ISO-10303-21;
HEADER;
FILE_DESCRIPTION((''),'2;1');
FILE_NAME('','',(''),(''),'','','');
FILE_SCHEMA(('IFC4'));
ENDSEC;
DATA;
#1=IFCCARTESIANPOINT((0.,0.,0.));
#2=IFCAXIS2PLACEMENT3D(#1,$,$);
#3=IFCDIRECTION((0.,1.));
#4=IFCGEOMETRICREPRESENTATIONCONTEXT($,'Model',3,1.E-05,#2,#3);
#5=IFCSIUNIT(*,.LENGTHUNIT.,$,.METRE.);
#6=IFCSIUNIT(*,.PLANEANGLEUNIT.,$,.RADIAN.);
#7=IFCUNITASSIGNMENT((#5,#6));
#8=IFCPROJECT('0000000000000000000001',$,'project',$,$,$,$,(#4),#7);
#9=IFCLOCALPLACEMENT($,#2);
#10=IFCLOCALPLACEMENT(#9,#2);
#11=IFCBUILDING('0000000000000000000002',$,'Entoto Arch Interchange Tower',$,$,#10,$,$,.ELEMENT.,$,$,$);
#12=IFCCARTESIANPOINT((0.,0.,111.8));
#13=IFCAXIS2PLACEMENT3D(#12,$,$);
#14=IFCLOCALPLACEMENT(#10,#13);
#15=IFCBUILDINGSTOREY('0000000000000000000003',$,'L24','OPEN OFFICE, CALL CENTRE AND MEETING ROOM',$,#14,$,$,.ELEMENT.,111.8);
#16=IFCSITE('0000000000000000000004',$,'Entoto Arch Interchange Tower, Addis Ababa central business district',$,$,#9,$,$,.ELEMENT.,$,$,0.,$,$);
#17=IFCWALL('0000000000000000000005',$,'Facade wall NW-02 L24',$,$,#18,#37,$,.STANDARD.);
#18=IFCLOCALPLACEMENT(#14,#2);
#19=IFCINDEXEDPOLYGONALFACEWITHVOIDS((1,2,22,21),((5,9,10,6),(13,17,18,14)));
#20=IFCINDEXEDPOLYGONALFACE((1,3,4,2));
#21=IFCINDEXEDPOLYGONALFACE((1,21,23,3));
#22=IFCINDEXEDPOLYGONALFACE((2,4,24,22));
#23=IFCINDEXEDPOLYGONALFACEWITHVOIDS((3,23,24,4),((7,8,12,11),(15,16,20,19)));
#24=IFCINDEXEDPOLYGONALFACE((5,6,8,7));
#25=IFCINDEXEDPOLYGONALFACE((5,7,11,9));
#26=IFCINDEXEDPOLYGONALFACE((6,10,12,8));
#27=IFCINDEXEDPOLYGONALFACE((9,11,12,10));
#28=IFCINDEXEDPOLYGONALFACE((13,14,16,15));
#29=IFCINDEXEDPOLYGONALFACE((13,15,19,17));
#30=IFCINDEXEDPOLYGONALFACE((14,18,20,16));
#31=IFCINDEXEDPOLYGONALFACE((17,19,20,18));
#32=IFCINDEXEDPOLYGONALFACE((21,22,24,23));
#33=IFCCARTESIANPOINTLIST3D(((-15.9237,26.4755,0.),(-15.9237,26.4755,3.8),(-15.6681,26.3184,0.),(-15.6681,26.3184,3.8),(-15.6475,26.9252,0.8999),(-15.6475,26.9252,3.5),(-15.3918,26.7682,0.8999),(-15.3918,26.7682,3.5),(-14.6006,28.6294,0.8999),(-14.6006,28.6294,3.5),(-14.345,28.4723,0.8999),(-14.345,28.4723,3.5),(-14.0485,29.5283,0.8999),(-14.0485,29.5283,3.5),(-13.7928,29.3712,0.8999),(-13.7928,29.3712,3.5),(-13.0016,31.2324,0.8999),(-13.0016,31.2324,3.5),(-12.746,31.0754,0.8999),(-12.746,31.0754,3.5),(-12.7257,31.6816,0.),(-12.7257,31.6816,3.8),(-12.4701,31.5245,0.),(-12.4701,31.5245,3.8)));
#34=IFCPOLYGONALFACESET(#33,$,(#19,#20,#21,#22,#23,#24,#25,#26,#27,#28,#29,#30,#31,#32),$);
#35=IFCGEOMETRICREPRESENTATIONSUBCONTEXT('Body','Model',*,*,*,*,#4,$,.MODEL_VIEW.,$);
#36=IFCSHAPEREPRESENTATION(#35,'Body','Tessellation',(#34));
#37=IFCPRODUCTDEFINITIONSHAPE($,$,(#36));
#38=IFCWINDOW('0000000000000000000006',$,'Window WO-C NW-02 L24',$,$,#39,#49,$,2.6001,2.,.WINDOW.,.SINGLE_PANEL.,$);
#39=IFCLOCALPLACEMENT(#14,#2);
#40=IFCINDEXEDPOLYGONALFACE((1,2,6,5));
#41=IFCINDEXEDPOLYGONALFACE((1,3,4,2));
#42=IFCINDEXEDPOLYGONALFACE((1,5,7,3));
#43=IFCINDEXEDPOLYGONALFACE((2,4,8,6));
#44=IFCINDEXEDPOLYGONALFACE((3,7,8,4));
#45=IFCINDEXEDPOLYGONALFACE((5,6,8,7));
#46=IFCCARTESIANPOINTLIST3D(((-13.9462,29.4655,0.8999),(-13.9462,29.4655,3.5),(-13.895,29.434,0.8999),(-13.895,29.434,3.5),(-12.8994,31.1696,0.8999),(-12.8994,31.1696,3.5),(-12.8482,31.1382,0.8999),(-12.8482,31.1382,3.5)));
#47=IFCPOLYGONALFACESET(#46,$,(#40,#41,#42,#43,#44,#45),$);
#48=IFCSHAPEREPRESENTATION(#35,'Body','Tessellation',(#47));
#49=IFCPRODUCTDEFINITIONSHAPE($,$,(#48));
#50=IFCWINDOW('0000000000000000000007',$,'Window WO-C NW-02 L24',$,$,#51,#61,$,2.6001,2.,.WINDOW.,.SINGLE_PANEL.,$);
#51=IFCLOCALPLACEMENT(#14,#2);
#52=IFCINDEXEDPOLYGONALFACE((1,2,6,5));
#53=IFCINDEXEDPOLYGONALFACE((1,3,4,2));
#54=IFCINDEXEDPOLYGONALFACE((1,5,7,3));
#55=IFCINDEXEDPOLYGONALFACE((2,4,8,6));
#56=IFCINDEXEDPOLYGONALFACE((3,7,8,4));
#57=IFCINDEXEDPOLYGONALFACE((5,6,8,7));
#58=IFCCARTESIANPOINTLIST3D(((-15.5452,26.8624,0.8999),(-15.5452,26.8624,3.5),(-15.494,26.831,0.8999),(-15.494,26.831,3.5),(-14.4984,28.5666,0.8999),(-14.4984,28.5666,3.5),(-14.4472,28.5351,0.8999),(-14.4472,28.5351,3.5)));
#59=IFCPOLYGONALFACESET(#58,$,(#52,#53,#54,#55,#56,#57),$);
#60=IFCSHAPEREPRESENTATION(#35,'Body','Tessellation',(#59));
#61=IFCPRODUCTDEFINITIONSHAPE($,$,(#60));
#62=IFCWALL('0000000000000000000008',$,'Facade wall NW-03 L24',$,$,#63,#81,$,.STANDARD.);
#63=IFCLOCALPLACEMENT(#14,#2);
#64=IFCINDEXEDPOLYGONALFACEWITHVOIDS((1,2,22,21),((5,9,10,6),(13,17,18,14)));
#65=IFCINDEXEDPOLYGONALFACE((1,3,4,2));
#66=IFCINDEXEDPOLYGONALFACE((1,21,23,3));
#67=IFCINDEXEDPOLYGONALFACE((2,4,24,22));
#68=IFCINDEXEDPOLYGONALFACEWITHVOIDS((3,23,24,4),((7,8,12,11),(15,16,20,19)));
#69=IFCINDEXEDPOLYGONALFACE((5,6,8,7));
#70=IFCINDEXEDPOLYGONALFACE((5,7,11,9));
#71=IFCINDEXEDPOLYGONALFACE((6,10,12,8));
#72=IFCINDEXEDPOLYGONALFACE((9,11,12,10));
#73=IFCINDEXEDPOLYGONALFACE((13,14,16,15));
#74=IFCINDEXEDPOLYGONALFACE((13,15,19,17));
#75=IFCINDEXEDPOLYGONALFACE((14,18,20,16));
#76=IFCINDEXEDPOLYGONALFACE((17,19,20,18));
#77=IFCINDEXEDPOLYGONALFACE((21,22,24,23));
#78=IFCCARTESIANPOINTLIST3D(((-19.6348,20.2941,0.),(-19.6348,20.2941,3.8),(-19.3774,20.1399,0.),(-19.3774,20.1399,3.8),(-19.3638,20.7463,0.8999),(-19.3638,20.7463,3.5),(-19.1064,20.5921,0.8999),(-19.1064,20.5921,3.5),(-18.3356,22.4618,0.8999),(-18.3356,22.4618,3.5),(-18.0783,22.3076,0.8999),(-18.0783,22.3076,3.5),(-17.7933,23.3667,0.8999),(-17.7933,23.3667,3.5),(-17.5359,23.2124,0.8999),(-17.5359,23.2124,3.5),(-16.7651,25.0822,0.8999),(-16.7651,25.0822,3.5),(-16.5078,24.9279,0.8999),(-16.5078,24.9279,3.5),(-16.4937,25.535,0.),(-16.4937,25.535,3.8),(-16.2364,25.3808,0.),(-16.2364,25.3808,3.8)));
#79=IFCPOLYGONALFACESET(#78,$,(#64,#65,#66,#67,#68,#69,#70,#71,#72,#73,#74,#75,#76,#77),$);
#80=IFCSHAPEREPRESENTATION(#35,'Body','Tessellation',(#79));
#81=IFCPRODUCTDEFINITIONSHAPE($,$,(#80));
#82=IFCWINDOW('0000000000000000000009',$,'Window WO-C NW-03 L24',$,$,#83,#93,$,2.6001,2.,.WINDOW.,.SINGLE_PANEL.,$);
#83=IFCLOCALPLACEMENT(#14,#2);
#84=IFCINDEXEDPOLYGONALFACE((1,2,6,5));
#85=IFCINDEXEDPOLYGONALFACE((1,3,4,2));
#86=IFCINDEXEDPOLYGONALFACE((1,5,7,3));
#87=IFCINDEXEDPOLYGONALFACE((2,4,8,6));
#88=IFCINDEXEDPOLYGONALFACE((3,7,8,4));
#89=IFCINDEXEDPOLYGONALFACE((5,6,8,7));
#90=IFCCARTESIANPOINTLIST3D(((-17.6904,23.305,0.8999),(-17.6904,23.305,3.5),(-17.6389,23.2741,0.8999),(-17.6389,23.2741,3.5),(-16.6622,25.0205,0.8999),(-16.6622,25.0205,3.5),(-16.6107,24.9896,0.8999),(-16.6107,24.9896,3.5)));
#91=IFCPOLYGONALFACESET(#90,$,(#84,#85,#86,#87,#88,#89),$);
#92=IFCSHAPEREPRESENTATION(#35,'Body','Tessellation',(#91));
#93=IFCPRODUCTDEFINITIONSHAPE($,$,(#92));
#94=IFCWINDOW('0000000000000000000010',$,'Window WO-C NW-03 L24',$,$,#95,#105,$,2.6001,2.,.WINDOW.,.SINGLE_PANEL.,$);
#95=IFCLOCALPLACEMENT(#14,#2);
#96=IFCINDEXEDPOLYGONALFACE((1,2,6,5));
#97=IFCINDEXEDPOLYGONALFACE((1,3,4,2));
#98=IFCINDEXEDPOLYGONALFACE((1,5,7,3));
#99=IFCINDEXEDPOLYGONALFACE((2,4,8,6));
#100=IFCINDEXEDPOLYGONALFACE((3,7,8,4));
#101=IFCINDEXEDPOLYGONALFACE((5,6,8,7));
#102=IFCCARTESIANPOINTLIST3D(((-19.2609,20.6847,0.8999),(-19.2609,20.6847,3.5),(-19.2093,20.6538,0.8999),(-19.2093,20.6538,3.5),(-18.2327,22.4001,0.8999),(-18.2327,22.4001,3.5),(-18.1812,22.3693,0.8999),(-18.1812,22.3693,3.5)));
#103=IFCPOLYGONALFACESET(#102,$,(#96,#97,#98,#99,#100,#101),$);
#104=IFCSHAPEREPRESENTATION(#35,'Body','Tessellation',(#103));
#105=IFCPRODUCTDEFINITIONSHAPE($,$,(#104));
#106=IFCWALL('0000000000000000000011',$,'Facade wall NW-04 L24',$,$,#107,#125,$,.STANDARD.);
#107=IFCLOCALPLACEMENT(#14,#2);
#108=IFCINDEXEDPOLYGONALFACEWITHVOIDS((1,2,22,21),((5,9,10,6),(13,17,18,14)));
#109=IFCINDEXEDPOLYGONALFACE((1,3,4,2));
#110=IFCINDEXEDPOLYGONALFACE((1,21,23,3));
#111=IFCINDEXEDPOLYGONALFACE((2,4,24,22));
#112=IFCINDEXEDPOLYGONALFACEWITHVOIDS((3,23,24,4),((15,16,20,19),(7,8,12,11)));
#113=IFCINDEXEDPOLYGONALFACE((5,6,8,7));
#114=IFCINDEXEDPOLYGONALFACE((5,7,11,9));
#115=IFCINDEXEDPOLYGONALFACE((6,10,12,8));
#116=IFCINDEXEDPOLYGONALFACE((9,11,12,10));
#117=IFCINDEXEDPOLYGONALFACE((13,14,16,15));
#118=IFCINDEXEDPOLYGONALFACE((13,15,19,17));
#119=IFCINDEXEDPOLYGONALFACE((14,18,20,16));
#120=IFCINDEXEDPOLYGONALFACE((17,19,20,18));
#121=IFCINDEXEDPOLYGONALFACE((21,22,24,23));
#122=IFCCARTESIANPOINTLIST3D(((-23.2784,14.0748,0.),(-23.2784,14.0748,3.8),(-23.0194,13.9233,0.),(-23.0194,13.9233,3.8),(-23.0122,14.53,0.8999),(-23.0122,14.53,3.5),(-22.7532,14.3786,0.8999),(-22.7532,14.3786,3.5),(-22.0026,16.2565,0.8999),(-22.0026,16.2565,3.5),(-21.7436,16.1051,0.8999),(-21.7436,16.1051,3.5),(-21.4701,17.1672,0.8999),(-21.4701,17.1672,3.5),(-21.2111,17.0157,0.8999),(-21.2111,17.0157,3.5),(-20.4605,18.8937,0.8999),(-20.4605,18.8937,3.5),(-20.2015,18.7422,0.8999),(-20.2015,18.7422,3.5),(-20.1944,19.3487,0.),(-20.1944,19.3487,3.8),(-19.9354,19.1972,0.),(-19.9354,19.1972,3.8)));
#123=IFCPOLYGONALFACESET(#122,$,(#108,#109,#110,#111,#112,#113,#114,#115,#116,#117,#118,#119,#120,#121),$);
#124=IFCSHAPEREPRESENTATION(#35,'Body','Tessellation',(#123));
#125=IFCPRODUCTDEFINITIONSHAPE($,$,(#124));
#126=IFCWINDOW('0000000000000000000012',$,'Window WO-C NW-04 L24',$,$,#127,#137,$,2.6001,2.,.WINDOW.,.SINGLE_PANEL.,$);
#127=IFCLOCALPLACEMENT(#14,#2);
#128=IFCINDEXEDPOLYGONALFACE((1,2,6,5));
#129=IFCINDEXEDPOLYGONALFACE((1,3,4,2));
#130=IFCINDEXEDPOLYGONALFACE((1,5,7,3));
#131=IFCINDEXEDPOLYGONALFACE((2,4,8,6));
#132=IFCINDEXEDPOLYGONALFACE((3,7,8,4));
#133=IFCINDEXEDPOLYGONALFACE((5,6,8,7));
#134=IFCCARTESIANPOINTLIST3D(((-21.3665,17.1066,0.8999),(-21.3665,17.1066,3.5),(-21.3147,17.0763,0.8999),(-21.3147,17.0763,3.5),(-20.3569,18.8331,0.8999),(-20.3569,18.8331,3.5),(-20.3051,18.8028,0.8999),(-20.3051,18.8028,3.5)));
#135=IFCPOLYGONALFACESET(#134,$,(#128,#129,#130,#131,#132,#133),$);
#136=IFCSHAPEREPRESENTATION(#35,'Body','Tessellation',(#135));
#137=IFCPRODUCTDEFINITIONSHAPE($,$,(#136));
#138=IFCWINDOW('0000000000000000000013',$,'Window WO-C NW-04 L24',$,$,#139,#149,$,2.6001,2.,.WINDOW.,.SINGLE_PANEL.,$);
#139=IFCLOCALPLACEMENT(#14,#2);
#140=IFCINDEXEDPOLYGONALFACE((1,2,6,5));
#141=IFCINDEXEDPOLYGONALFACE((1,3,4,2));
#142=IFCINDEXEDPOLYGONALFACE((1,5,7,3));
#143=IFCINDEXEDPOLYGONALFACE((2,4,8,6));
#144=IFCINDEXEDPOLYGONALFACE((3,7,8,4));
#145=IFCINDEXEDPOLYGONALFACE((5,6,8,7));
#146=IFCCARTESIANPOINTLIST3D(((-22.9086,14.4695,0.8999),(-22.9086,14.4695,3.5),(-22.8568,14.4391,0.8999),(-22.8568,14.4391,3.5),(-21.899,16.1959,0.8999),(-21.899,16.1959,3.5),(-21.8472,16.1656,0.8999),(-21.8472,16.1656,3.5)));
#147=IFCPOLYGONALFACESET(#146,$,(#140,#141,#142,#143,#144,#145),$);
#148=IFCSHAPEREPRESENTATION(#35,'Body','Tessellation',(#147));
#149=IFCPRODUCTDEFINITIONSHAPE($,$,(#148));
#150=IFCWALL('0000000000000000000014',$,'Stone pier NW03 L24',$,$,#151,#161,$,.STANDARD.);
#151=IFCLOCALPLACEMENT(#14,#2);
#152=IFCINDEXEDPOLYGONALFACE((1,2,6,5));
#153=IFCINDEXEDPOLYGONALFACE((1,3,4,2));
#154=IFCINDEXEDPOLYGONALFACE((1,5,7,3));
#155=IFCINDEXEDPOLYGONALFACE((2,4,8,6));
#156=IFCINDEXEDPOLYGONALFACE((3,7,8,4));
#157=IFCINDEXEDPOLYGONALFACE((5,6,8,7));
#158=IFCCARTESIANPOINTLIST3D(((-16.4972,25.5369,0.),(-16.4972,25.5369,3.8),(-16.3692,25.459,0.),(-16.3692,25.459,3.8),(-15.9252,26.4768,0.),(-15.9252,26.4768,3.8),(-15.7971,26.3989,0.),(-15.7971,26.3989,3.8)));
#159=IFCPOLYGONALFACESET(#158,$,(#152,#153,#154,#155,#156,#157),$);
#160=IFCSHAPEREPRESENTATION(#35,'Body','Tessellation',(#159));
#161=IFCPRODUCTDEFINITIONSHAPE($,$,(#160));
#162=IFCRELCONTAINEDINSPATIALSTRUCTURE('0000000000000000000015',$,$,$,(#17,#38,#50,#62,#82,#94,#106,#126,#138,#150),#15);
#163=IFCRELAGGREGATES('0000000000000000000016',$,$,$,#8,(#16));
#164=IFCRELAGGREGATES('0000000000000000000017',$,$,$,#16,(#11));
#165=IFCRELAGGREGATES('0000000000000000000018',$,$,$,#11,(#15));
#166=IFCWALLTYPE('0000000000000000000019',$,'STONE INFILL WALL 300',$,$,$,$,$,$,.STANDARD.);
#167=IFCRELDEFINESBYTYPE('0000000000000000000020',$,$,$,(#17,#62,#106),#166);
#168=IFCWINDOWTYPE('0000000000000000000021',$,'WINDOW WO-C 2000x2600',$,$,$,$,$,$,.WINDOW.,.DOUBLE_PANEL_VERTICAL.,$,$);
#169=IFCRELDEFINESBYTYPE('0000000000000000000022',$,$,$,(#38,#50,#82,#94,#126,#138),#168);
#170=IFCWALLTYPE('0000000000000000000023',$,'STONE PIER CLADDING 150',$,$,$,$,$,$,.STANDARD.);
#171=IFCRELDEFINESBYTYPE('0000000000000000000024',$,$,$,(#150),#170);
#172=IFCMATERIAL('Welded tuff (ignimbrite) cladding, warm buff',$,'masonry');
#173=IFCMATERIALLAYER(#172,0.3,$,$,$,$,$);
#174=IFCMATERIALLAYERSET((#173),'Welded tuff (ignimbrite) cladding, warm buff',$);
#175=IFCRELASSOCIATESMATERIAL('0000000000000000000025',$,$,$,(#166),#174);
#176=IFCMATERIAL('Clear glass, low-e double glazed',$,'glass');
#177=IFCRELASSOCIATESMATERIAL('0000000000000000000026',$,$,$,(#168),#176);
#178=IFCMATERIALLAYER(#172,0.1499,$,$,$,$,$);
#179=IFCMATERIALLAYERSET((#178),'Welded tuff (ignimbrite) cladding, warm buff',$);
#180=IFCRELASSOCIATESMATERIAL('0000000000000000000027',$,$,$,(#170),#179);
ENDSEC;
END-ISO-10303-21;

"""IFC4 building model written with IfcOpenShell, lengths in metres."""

from ifc_helpers import new_model, si_unit, direction, frame, frame_2d, origin, place, context, subcontext, project, spatial, rectangle, extrude, material, layer, layer_set, type_object, element, fill, save


model = new_model("IFC4")

# Units and contexts
model_context = context("Model", 3, precision=1e-05, world=origin(), true_north=direction((0.0, 1.0)))
body_context = subcontext(model_context, "Body", "Model", "MODEL_VIEW")
ifc_project = project(units=[si_unit("LENGTHUNIT", "METRE"), si_unit("PLANEANGLEUNIT", "RADIAN")], contexts=[model_context])

# Site, building, storey
site_placement = place(None, origin())
site = spatial("IfcSite", under=ifc_project, at=site_placement, Name="Entoto Arch Interchange Tower, Addis Ababa central business district", CompositionType="ELEMENT", RefElevation=0.0)
building_placement = place(site_placement, origin())
building = spatial("IfcBuilding", under=site, at=building_placement, Name="Entoto Arch Interchange Tower", CompositionType="ELEMENT")
storey_placement = place(building_placement, frame((0.0, 0.0, 111.8)))
storey = spatial("IfcBuildingStorey", under=building, at=storey_placement, Name="L24", Description="OPEN OFFICE, CALL CENTRE AND MEETING ROOM", CompositionType="ELEMENT", Elevation=111.8)

# Walls, openings, windows
ifc_material_1 = material(Name="Welded tuff (ignimbrite) cladding, warm buff", Category="masonry")
ifc_layer_1 = layer(ifc_material_1, 0.3)
ifc_layer_set_1 = layer_set([ifc_layer_1], Name="Welded tuff (ignimbrite) cladding, warm buff")
wall_type_1 = type_object("IfcWallType", Name="STONE INFILL WALL 300", PredefinedType="STANDARD", material=ifc_layer_set_1)
wall_1_placement = place(storey_placement, frame((-12.5979, 31.603, 0.0), z_axis=(0.0, 0.0, 1.0), x_axis=(-0.523417, -0.852076, 0.0)))
wall_1 = element("IfcWall", 1, at=wall_1_placement, inside=storey, type_object=wall_type_1, Name="Facade wall NW-02 L24", PredefinedType="STANDARD", context=body_context, shape_type="SweptSolid", body=[
    extrude(rectangle(XDim=6.1099, YDim=0.3, at=frame_2d((3.0549, 0.0))), origin(), (0.0, 0.0, 1.0), 3.8),
])
opening_1_placement = place(wall_1_placement, frame((0.5271, 0.0, 0.8999)))
opening_1 = element("IfcOpeningElement", 2, at=opening_1_placement, cuts=wall_1, PredefinedType="OPENING", context=body_context, shape_type="SweptSolid", body=[
    extrude(rectangle(XDim=2.0, YDim=2.6001, at=frame_2d((1.0, 1.3))), frame((0.0, 0.1602, 0.0), z_axis=(0.0, -1.0, 0.0), x_axis=(1.0, 0.0, 0.0)), (0.0, 0.0, 1.0), 0.3201),
])
opening_2_placement = place(wall_1_placement, frame((3.582, 0.0, 0.8999)))
opening_2 = element("IfcOpeningElement", 3, at=opening_2_placement, cuts=wall_1, PredefinedType="OPENING", context=body_context, shape_type="SweptSolid", body=[
    extrude(rectangle(XDim=2.0, YDim=2.6001, at=frame_2d((1.0, 1.3))), frame((0.0, 0.1602, 0.0), z_axis=(0.0, -1.0, 0.0), x_axis=(1.0, 0.0, 0.0)), (0.0, 0.0, 1.0), 0.3201),
])
ifc_material_2 = material(Name="Clear glass, low-e double glazed", Category="glass")
window_type = type_object("IfcWindowType", Name="WINDOW WO-C 2000x2600", PartitioningType="DOUBLE_PANEL_VERTICAL", PredefinedType="WINDOW", material=ifc_material_2)
window_1_placement = place(opening_1_placement, origin())
window_1 = element("IfcWindow", 4, at=window_1_placement, inside=storey, type_object=window_type, Name="Window WO-C NW-02 L24", OverallHeight=2.6001, OverallWidth=2.0, PartitioningType="SINGLE_PANEL", PredefinedType="WINDOW", context=body_context, shape_type="SweptSolid", body=[
    extrude(rectangle(XDim=2.0, YDim=2.6001, at=frame_2d((1.0, 1.3))), frame((0.0, 0.03, 0.0), z_axis=(0.0, -1.0, 0.0), x_axis=(1.0, 0.0, 0.0)), (0.0, 0.0, 1.0), 0.0601),
])
fill(opening_1, window_1)
window_2_placement = place(opening_2_placement, origin())
window_2 = element("IfcWindow", 5, at=window_2_placement, inside=storey, type_object=window_type, Name="Window WO-C NW-02 L24", OverallHeight=2.6001, OverallWidth=2.0, PartitioningType="SINGLE_PANEL", PredefinedType="WINDOW", context=body_context, shape_type="SweptSolid", body=[
    extrude(rectangle(XDim=2.0, YDim=2.6001, at=frame_2d((1.0, 1.3))), frame((0.0, 0.03, 0.0), z_axis=(0.0, -1.0, 0.0), x_axis=(1.0, 0.0, 0.0)), (0.0, 0.0, 1.0), 0.0601),
])
fill(opening_2, window_2)
wall_2_placement = place(storey_placement, frame((-16.365, 25.458, 0.0), z_axis=(0.0, 0.0, 1.0), x_axis=(-0.514079, -0.857743, 0.0)))
wall_2 = element("IfcWall", 6, at=wall_2_placement, inside=storey, type_object=wall_type_1, Name="Facade wall NW-03 L24", PredefinedType="STANDARD", context=body_context, shape_type="SweptSolid", body=[
    extrude(rectangle(XDim=6.1101, YDim=0.3, at=frame_2d((3.0552, 0.0))), origin(), (0.0, 0.0, 1.0), 3.8),
])
opening_3_placement = place(wall_2_placement, frame((0.5281, 0.0, 0.8999)))
opening_3 = element("IfcOpeningElement", 7, at=opening_3_placement, cuts=wall_2, PredefinedType="OPENING", context=body_context, shape_type="SweptSolid", body=[
    extrude(rectangle(XDim=2.0, YDim=2.6001, at=frame_2d((1.0, 1.3))), frame((0.0, 0.1602, 0.0), z_axis=(0.0, -1.0, 0.0), x_axis=(1.0, 0.0, 0.0)), (0.0, 0.0, 1.0), 0.3201),
])
opening_4_placement = place(wall_2_placement, frame((3.583, 0.0, 0.8999)))
opening_4 = element("IfcOpeningElement", 8, at=opening_4_placement, cuts=wall_2, PredefinedType="OPENING", context=body_context, shape_type="SweptSolid", body=[
    extrude(rectangle(XDim=2.0, YDim=2.6001, at=frame_2d((1.0, 1.3))), frame((0.0, 0.1602, 0.0), z_axis=(0.0, -1.0, 0.0), x_axis=(1.0, 0.0, 0.0)), (0.0, 0.0, 1.0), 0.3201),
])
window_3_placement = place(opening_3_placement, origin())
window_3 = element("IfcWindow", 9, at=window_3_placement, inside=storey, type_object=window_type, Name="Window WO-C NW-03 L24", OverallHeight=2.6001, OverallWidth=2.0, PartitioningType="SINGLE_PANEL", PredefinedType="WINDOW", context=body_context, shape_type="SweptSolid", body=[
    extrude(rectangle(XDim=2.0, YDim=2.6001, at=frame_2d((1.0, 1.3))), frame((0.0, 0.03, 0.0), z_axis=(0.0, -1.0, 0.0), x_axis=(1.0, 0.0, 0.0)), (0.0, 0.0, 1.0), 0.0601),
])
fill(opening_3, window_3)
window_4_placement = place(opening_4_placement, origin())
window_4 = element("IfcWindow", 10, at=window_4_placement, inside=storey, type_object=window_type, Name="Window WO-C NW-03 L24", OverallHeight=2.6001, OverallWidth=2.0, PartitioningType="SINGLE_PANEL", PredefinedType="WINDOW", context=body_context, shape_type="SweptSolid", body=[
    extrude(rectangle(XDim=2.0, YDim=2.6001, at=frame_2d((1.0, 1.3))), frame((0.0, 0.03, 0.0), z_axis=(0.0, -1.0, 0.0), x_axis=(1.0, 0.0, 0.0)), (0.0, 0.0, 1.0), 0.0601),
])
fill(opening_4, window_4)
wall_3_placement = place(storey_placement, frame((-20.0649, 19.2729, 0.0), z_axis=(0.0, 0.0, 1.0), x_axis=(-0.50479, -0.863242, 0.0)))
wall_3 = element("IfcWall", 11, at=wall_3_placement, inside=storey, type_object=wall_type_1, Name="Facade wall NW-04 L24", PredefinedType="STANDARD", context=body_context, shape_type="SweptSolid", body=[
    extrude(rectangle(XDim=6.1094, YDim=0.3, at=frame_2d((3.0547, 0.0))), origin(), (0.0, 0.0, 1.0), 3.8),
])
opening_5_placement = place(wall_3_placement, frame((0.5271, 0.0, 0.8999)))
opening_5 = element("IfcOpeningElement", 12, at=opening_5_placement, cuts=wall_3, PredefinedType="OPENING", context=body_context, shape_type="SweptSolid", body=[
    extrude(rectangle(XDim=2.0, YDim=2.6001, at=frame_2d((1.0, 1.3))), frame((0.0, 0.1602, 0.0), z_axis=(0.0, -1.0, 0.0), x_axis=(1.0, 0.0, 0.0)), (0.0, 0.0, 1.0), 0.3201),
])
opening_6_placement = place(wall_3_placement, frame((3.582, 0.0, 0.8999)))
opening_6 = element("IfcOpeningElement", 13, at=opening_6_placement, cuts=wall_3, PredefinedType="OPENING", context=body_context, shape_type="SweptSolid", body=[
    extrude(rectangle(XDim=2.0, YDim=2.6001, at=frame_2d((1.0, 1.3))), frame((0.0, 0.1602, 0.0), z_axis=(0.0, -1.0, 0.0), x_axis=(1.0, 0.0, 0.0)), (0.0, 0.0, 1.0), 0.3201),
])
window_5_placement = place(opening_5_placement, origin())
window_5 = element("IfcWindow", 14, at=window_5_placement, inside=storey, type_object=window_type, Name="Window WO-C NW-04 L24", OverallHeight=2.6001, OverallWidth=2.0, PartitioningType="SINGLE_PANEL", PredefinedType="WINDOW", context=body_context, shape_type="SweptSolid", body=[
    extrude(rectangle(XDim=2.0, YDim=2.6001, at=frame_2d((1.0, 1.3))), frame((0.0, 0.03, 0.0), z_axis=(0.0, -1.0, 0.0), x_axis=(1.0, 0.0, 0.0)), (0.0, 0.0, 1.0), 0.0601),
])
fill(opening_5, window_5)
window_6_placement = place(opening_6_placement, origin())
window_6 = element("IfcWindow", 15, at=window_6_placement, inside=storey, type_object=window_type, Name="Window WO-C NW-04 L24", OverallHeight=2.6001, OverallWidth=2.0, PartitioningType="SINGLE_PANEL", PredefinedType="WINDOW", context=body_context, shape_type="SweptSolid", body=[
    extrude(rectangle(XDim=2.0, YDim=2.6001, at=frame_2d((1.0, 1.3))), frame((0.0, 0.03, 0.0), z_axis=(0.0, -1.0, 0.0), x_axis=(1.0, 0.0, 0.0)), (0.0, 0.0, 1.0), 0.0601),
])
fill(opening_6, window_6)

# Wall
ifc_layer_2 = layer(ifc_material_1, 0.1499)
ifc_layer_set_2 = layer_set([ifc_layer_2], Name="Welded tuff (ignimbrite) cladding, warm buff")
wall_type_2 = type_object("IfcWallType", Name="STONE PIER CLADDING 150", PredefinedType="STANDARD", material=ifc_layer_set_2)
wall_4_placement = place(storey_placement, frame((-15.8611, 26.438, 0.0), z_axis=(0.0, 0.0, 1.0), x_axis=(-0.51987, -0.854246, 0.0)))
element("IfcWall", 16, at=wall_4_placement, inside=storey, type_object=wall_type_2, Name="Stone pier NW03 L24", PredefinedType="STANDARD", context=body_context, shape_type="SweptSolid", body=[
    extrude(rectangle(XDim=1.1003, YDim=0.1499, at=frame_2d((0.5503, 0.0))), origin(), (0.0, 0.0, 1.0), 3.8),
])

save(model, "model.ifc")
